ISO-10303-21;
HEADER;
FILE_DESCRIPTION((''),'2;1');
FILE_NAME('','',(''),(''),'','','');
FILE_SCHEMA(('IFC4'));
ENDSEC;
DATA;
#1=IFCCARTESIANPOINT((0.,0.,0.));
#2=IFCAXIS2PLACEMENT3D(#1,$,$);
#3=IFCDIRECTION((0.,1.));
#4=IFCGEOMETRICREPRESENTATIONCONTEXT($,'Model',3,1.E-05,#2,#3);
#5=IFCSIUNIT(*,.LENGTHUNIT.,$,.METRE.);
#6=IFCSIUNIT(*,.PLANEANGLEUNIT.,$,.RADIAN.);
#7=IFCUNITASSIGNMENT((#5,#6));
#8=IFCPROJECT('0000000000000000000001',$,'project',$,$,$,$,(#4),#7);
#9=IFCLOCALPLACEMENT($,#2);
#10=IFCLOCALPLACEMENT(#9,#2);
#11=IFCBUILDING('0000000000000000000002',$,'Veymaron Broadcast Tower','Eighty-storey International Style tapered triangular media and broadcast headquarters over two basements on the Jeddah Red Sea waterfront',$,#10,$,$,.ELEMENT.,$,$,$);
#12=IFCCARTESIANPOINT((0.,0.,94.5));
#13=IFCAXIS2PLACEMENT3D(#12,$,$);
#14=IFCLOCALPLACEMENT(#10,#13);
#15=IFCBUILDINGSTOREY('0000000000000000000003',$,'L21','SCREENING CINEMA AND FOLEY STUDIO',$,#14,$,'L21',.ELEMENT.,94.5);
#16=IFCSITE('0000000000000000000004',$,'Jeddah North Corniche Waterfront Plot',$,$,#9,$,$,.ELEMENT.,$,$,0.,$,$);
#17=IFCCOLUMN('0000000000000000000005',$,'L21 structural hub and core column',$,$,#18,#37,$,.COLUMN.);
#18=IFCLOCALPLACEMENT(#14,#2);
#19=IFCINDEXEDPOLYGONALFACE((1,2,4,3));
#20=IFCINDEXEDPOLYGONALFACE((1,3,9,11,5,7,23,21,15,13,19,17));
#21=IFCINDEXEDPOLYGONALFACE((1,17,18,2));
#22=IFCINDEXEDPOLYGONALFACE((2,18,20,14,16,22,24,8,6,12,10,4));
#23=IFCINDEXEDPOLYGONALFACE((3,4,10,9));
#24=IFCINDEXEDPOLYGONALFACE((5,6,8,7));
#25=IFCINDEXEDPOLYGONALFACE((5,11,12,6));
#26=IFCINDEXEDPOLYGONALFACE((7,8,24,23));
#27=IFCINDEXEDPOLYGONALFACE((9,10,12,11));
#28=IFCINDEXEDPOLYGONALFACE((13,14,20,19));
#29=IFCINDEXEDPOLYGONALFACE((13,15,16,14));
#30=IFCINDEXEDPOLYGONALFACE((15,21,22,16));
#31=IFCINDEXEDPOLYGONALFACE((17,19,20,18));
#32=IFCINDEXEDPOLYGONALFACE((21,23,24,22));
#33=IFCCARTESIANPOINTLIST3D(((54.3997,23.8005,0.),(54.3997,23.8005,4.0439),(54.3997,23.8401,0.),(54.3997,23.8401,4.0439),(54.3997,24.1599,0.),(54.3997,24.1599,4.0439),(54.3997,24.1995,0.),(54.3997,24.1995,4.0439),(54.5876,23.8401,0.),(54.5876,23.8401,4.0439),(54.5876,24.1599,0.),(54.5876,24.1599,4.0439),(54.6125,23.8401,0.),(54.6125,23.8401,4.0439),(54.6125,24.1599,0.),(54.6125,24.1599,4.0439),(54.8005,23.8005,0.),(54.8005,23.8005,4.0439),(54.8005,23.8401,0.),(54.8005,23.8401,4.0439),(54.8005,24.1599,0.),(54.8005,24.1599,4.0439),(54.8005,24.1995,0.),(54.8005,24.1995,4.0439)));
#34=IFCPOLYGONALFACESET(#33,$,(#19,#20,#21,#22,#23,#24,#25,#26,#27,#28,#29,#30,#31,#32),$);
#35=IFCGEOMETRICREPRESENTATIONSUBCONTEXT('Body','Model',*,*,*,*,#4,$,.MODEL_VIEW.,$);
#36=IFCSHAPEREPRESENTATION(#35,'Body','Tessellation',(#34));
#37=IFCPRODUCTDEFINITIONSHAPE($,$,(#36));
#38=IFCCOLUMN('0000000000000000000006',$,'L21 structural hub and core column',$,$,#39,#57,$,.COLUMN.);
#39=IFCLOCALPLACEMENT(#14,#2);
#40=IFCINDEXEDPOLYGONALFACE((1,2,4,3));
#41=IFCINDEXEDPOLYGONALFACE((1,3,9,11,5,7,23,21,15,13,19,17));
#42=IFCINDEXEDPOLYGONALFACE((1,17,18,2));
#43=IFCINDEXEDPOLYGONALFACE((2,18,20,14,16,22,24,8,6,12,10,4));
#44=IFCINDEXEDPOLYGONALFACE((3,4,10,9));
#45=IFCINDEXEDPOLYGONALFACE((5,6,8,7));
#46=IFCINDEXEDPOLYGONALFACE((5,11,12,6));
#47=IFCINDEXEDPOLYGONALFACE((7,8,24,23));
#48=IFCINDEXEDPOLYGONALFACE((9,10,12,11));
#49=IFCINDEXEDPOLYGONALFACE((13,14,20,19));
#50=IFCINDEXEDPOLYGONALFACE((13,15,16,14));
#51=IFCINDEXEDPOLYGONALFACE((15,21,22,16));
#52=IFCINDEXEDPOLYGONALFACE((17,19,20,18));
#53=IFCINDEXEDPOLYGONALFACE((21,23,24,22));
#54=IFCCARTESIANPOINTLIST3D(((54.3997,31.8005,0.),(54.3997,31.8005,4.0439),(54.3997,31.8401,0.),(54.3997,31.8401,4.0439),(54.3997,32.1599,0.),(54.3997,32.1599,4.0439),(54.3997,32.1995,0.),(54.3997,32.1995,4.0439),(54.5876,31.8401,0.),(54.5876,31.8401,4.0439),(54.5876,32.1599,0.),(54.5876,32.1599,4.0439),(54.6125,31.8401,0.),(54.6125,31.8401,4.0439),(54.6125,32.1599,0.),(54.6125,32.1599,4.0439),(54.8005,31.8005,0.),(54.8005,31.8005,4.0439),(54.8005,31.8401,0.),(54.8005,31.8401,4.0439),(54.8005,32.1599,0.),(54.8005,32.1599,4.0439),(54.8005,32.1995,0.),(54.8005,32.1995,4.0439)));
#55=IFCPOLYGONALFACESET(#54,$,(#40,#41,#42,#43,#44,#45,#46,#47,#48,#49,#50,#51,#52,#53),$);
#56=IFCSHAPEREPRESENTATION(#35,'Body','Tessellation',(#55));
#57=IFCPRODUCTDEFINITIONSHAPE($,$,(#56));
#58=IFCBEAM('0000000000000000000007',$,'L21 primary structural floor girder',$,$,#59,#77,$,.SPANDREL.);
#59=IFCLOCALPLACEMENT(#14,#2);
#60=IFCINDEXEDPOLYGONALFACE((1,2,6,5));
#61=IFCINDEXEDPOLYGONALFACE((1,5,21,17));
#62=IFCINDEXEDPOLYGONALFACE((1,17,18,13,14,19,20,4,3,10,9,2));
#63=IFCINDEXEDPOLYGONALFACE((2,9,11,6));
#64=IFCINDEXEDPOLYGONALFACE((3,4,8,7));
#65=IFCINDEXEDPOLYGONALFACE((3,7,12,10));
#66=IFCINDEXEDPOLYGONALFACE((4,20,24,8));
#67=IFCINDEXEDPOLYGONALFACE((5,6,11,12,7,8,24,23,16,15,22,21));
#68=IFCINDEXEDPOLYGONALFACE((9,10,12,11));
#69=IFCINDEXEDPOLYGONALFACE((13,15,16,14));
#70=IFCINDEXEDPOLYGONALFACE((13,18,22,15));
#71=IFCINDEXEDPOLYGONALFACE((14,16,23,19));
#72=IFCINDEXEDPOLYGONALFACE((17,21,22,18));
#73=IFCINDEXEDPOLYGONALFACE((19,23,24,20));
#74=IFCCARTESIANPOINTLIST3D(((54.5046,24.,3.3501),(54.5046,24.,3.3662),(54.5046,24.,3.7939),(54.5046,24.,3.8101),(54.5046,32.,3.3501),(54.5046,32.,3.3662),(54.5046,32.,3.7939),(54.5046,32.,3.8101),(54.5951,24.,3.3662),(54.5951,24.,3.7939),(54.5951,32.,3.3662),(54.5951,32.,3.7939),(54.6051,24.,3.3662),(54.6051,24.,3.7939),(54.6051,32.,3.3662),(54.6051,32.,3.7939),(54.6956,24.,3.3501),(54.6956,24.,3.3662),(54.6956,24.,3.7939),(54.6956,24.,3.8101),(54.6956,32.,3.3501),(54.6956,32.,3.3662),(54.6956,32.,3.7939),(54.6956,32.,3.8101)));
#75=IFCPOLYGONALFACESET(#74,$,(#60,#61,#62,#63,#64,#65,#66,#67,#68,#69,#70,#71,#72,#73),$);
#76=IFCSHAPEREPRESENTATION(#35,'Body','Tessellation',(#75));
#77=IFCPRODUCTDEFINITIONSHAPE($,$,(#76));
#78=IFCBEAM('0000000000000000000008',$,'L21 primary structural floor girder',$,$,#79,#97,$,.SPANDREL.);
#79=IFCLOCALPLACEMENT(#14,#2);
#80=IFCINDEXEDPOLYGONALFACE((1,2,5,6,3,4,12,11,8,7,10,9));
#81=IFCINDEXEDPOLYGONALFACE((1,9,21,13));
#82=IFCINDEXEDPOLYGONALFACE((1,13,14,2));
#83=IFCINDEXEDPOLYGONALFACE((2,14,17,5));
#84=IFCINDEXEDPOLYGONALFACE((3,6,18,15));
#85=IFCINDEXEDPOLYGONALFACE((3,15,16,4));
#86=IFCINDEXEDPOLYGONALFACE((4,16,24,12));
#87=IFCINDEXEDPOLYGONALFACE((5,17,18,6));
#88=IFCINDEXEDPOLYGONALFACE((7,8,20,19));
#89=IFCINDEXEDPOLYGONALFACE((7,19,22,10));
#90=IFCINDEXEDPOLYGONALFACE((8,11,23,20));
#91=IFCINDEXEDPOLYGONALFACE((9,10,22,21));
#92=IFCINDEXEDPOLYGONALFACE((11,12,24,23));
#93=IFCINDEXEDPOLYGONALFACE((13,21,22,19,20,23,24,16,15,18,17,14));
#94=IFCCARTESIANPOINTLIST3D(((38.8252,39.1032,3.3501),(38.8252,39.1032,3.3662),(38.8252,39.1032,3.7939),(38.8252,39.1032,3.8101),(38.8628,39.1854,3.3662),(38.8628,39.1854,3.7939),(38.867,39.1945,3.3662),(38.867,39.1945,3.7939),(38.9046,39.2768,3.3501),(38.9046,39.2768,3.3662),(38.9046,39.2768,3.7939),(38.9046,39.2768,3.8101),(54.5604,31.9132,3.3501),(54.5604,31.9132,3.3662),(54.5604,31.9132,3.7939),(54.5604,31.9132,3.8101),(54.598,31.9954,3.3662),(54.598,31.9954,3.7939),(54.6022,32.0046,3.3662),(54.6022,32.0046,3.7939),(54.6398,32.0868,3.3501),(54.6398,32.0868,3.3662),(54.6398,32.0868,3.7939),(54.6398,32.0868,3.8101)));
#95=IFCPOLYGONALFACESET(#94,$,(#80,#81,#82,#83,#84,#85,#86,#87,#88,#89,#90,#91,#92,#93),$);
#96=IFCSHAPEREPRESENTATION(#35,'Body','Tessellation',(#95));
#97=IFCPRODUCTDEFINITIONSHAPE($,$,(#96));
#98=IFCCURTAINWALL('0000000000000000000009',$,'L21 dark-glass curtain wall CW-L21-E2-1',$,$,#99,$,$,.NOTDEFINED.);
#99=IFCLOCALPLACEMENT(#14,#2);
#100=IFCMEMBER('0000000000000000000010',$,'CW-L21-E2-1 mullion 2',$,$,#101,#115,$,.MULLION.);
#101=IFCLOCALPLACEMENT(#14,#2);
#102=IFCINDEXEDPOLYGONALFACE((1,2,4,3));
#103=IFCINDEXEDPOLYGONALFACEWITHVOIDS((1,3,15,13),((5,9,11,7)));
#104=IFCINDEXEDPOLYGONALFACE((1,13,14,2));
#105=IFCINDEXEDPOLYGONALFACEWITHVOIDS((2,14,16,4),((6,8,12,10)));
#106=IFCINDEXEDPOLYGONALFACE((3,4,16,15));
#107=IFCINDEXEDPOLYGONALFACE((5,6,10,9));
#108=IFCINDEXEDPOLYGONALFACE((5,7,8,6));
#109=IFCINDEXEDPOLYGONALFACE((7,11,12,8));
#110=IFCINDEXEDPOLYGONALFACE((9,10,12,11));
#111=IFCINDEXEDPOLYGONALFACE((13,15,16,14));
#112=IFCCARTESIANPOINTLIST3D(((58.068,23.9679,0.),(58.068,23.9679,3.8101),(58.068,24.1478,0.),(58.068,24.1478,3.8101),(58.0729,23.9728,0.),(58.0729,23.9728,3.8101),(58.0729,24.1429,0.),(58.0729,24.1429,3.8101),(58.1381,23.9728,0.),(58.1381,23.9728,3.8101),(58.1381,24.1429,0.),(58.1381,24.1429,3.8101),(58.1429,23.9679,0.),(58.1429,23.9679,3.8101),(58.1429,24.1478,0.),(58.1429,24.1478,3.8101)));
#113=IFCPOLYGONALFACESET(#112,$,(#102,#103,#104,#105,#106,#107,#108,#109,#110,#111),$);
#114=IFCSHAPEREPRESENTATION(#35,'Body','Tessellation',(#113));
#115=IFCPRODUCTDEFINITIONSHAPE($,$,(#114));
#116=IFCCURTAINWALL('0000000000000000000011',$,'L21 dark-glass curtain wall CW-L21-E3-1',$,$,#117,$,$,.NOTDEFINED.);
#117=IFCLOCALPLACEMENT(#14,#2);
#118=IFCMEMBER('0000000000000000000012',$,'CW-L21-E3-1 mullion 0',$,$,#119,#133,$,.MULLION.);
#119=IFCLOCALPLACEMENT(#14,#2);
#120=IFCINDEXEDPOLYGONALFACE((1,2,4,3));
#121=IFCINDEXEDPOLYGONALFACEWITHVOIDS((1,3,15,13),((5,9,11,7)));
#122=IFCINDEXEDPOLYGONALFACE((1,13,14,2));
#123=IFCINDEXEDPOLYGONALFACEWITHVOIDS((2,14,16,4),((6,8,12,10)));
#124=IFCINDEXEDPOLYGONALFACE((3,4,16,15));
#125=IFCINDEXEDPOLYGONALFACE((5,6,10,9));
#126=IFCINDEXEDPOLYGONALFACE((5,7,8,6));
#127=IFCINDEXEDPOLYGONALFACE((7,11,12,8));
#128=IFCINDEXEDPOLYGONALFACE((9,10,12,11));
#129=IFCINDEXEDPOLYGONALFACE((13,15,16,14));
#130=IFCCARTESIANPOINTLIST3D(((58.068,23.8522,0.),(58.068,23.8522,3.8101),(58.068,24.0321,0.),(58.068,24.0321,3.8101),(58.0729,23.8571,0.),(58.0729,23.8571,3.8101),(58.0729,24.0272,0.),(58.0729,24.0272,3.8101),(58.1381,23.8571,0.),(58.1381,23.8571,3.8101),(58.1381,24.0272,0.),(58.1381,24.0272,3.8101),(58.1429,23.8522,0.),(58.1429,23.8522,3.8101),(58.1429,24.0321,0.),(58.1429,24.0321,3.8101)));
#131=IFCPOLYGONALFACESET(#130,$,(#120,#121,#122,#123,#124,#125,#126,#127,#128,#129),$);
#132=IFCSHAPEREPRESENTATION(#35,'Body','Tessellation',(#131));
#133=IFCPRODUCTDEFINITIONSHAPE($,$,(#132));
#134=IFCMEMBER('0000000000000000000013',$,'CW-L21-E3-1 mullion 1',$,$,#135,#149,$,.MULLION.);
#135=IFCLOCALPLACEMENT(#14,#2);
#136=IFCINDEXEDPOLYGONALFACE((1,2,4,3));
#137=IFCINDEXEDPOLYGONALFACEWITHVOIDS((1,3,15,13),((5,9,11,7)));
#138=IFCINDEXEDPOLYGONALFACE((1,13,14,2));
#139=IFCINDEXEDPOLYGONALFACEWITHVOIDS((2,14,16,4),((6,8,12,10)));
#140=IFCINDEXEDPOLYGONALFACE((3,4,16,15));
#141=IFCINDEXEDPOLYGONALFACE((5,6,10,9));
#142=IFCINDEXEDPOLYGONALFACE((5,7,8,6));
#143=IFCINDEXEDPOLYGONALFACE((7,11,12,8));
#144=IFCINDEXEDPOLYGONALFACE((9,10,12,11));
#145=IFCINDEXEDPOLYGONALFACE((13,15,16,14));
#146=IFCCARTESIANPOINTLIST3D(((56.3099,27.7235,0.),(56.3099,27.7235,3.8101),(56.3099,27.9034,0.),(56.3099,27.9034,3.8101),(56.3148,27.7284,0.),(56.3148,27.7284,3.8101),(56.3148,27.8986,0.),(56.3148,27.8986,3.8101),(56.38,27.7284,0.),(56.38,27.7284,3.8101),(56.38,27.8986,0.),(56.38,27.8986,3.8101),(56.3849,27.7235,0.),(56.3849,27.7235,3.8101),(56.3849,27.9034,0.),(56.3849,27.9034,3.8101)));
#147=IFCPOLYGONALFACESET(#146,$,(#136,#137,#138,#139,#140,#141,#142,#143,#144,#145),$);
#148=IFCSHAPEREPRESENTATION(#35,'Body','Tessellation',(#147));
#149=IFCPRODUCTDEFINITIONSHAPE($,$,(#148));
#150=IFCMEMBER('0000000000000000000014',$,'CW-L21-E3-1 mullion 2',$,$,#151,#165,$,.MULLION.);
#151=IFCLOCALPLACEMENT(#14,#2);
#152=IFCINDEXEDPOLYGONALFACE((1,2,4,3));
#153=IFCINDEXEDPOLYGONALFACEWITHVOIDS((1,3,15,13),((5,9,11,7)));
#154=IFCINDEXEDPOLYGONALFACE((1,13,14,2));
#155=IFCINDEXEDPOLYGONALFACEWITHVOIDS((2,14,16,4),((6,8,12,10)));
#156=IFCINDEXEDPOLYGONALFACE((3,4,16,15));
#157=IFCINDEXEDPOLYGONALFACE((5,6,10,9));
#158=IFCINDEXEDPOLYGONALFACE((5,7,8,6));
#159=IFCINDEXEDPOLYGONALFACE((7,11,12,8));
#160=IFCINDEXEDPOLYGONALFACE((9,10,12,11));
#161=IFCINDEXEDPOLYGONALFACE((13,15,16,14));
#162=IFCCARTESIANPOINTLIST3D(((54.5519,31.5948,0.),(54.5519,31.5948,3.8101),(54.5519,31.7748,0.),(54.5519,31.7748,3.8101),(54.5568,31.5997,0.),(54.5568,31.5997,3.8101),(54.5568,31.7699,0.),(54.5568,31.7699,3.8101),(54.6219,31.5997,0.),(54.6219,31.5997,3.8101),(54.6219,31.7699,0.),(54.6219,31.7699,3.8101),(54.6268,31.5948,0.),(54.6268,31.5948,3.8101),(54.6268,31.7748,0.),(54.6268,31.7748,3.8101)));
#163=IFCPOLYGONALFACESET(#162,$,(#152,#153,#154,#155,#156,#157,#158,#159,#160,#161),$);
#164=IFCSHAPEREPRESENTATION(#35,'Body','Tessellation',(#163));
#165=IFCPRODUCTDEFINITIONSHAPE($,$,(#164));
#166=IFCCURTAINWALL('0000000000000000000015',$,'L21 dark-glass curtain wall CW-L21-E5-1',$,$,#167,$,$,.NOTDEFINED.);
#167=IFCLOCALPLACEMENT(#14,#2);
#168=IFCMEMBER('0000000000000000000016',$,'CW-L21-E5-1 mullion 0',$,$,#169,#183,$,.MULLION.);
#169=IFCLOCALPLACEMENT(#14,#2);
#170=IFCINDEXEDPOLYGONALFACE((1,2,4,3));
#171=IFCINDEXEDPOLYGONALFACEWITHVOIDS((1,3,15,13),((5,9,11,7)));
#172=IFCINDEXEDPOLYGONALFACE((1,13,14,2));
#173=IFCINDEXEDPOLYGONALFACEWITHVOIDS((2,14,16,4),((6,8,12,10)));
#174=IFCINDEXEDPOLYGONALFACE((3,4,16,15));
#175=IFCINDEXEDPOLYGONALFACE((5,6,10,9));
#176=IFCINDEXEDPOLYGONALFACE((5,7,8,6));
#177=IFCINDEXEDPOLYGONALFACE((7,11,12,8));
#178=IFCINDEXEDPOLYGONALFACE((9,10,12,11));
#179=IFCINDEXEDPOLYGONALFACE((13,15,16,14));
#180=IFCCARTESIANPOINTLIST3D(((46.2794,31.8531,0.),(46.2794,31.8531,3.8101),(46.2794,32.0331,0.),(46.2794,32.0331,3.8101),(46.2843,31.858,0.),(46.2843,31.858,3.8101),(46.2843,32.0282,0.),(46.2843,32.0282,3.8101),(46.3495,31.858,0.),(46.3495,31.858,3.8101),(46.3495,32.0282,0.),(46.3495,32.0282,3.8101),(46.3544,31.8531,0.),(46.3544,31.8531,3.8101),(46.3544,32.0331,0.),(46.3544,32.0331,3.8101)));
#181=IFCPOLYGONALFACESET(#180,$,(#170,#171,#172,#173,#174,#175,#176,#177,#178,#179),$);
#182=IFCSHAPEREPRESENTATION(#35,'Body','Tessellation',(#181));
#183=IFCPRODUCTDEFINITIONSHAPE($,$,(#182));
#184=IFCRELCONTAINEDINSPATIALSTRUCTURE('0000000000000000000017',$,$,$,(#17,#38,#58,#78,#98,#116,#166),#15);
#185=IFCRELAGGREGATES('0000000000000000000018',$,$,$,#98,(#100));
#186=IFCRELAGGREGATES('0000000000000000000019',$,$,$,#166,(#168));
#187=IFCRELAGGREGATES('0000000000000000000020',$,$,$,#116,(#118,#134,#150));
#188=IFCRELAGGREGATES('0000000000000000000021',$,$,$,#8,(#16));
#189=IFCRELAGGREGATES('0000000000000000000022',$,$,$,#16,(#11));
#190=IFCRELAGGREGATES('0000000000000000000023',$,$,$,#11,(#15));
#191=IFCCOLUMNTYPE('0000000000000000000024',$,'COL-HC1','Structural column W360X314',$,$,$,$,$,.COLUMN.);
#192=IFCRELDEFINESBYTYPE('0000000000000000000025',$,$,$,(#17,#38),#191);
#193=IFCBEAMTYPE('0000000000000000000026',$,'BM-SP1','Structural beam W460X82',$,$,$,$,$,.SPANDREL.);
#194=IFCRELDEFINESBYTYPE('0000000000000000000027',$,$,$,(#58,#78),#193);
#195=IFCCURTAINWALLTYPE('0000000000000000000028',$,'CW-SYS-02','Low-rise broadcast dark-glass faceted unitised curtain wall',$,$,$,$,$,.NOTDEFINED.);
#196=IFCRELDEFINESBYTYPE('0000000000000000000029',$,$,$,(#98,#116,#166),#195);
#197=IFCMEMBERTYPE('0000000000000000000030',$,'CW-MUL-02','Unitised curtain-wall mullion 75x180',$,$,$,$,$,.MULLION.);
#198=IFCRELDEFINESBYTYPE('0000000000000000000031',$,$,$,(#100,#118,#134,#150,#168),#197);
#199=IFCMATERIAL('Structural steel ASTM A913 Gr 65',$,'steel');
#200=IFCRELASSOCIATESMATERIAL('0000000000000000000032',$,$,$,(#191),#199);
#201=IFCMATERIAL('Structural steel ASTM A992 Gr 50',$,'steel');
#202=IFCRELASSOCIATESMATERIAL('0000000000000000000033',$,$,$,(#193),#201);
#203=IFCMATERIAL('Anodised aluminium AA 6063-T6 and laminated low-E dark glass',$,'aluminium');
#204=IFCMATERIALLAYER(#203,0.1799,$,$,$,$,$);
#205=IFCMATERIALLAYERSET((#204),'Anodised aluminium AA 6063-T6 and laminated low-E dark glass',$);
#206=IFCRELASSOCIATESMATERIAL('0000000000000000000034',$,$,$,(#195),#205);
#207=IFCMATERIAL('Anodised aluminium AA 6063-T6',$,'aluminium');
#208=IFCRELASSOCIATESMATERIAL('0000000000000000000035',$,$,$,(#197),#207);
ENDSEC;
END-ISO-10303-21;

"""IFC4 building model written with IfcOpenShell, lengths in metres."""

from ifc_helpers import new_model, si_unit, direction, frame, origin, origin_2d, place, context, subcontext, project, spatial, hollow_rectangle, i_section, extrude, material, layer, layer_set, material_profile, profile_set, type_object, element, aggregate, save


model = new_model("IFC4")

# Units and contexts
model_context = context("Model", 3, precision=1e-05, world=origin(), true_north=direction((0.0, 1.0)))
body_context = subcontext(model_context, "Body", "Model", "MODEL_VIEW")
ifc_project = project(units=[si_unit("LENGTHUNIT", "METRE"), si_unit("PLANEANGLEUNIT", "RADIAN")], contexts=[model_context])

# Site, building, storey
site_placement = place(None, origin())
site = spatial("IfcSite", under=ifc_project, at=site_placement, Name="Jeddah North Corniche Waterfront Plot", CompositionType="ELEMENT", RefElevation=0.0)
building_placement = place(site_placement, origin())
building = spatial("IfcBuilding", under=site, at=building_placement, Name="Veymaron Broadcast Tower", Description="Eighty-storey International Style tapered triangular media and broadcast headquarters over two basements on the Jeddah Red Sea waterfront", CompositionType="ELEMENT")
storey_placement = place(building_placement, frame((0.0, 0.0, 94.5)))
storey = spatial("IfcBuildingStorey", under=building, at=storey_placement, Name="L21", Description="SCREENING CINEMA AND FOLEY STUDIO", LongName="L21", CompositionType="ELEMENT", Elevation=94.5)

# Columns
ifc_material_1 = material(Name="Structural steel ASTM A913 Gr 65", Category="steel")
ifc_material_profile_1 = material_profile(ifc_material_1, i_section(OverallWidth=0.4009, OverallDepth=0.3989, WebThickness=0.0249, FlangeThickness=0.0396, at=origin_2d()), Name="W360X314")
ifc_profile_set_1 = profile_set([ifc_material_profile_1], Name="Structural steel ASTM A913 Gr 65")
column_type = type_object("IfcColumnType", Name="COL-HC1", Description="Structural column W360X314", PredefinedType="COLUMN", material=ifc_profile_set_1)
for number, where, z_axis, x_axis, name in (
    (1, (54.6001, 24.0, 0.0), (0.0, 0.0, 1.0), (1.0, 0.0, 0.0), "L21 structural hub and core column"),
    (2, (54.6001, 32.0, 0.0), (0.0, 0.0, 1.0), (1.0, 0.0, 0.0), "L21 structural hub and core column"),
):
    element("IfcColumn", number, at=place(storey_placement, frame(where, z_axis=z_axis, x_axis=x_axis)), inside=storey, type_object=column_type, Name=name, PredefinedType="COLUMN", context=body_context, shape_type="SweptSolid", body=[
        extrude(i_section(OverallWidth=0.4009, OverallDepth=0.3989, WebThickness=0.0249, FlangeThickness=0.0396, at=origin_2d()), origin(), (0.0, 0.0, 1.0), 4.0439),
    ])

# Beams
ifc_material_2 = material(Name="Structural steel ASTM A992 Gr 50", Category="steel")
ifc_material_profile_2 = material_profile(ifc_material_2, i_section(OverallWidth=0.1909, OverallDepth=0.46, WebThickness=0.01, FlangeThickness=0.0161, at=origin_2d()), Name="W460X82")
ifc_profile_set_2 = profile_set([ifc_material_profile_2], Name="Structural steel ASTM A992 Gr 50")
beam_type = type_object("IfcBeamType", Name="BM-SP1", Description="Structural beam W460X82", PredefinedType="SPANDREL", material=ifc_profile_set_2)
beam_1_placement = place(storey_placement, frame((54.6001, 24.0, 3.5801), z_axis=(0.0, 1.0, 0.0), x_axis=(-1.0, 0.0, 0.0)))
element("IfcBeam", 3, at=beam_1_placement, inside=storey, type_object=beam_type, Name="L21 primary structural floor girder", PredefinedType="SPANDREL", context=body_context, shape_type="SweptSolid", body=[
    extrude(i_section(OverallWidth=0.1909, OverallDepth=0.46, WebThickness=0.01, FlangeThickness=0.0161, at=origin_2d()), origin(), (0.0, 0.0, 1.0), 8.0),
])
beam_2_placement = place(storey_placement, frame((54.6001, 32.0, 3.5801), z_axis=(-0.909546, 0.415604, 0.0), x_axis=(-0.415604, -0.909546, 0.0)))
element("IfcBeam", 4, at=beam_2_placement, inside=storey, type_object=beam_type, Name="L21 primary structural floor girder", PredefinedType="SPANDREL", context=body_context, shape_type="SweptSolid", body=[
    extrude(i_section(OverallWidth=0.1909, OverallDepth=0.46, WebThickness=0.01, FlangeThickness=0.0161, at=origin_2d()), origin(), (0.0, 0.0, 1.0), 17.3),
])

# Curtain wall, member
ifc_material_3 = material(Name="Anodised aluminium AA 6063-T6 and laminated low-E dark glass", Category="aluminium")
ifc_layer_1 = layer(ifc_material_3, 0.1799)
ifc_layer_set_1 = layer_set([ifc_layer_1], Name="Anodised aluminium AA 6063-T6 and laminated low-E dark glass")
curtain_wall_type = type_object("IfcCurtainWallType", Name="CW-SYS-02", Description="Low-rise broadcast dark-glass faceted unitised curtain wall", PredefinedType="NOTDEFINED", material=ifc_layer_set_1)
curtain_wall_1_placement = place(storey_placement, origin())
curtain_wall_1 = element("IfcCurtainWall", 5, at=curtain_wall_1_placement, inside=storey, type_object=curtain_wall_type, Name="L21 dark-glass curtain wall CW-L21-E2-1", PredefinedType="NOTDEFINED")
ifc_material_4 = material(Name="Anodised aluminium AA 6063-T6", Category="aluminium")
ifc_material_profile_3 = material_profile(ifc_material_4, hollow_rectangle(XDim=0.075, YDim=0.1799, WallThickness=0.0049, at=origin_2d()), Name="AL180X75X5")
ifc_profile_set_3 = profile_set([ifc_material_profile_3], Name="Anodised aluminium AA 6063-T6")
member_type_1 = type_object("IfcMemberType", Name="CW-MUL-02", Description="Unitised curtain-wall mullion 75x180", PredefinedType="MULLION", material=ifc_profile_set_3)
member_1_placement = place(storey_placement, frame((58.1055, 24.0579, 0.0), z_axis=(0.0, 0.0, 1.0), x_axis=(1.0, 0.0, 0.0)))
member_1 = element("IfcMember", 6, at=member_1_placement, type_object=member_type_1, Name="CW-L21-E2-1 mullion 2", PredefinedType="MULLION", context=body_context, shape_type="SweptSolid", body=[
    extrude(hollow_rectangle(XDim=0.075, YDim=0.1799, WallThickness=0.0049, at=origin_2d()), origin(), (0.0, 0.0, 1.0), 3.8101),
])
aggregate(curtain_wall_1, [member_1])

# Curtain wall, members
curtain_wall_2_placement = place(storey_placement, origin())
curtain_wall_2 = element("IfcCurtainWall", 7, at=curtain_wall_2_placement, inside=storey, type_object=curtain_wall_type, Name="L21 dark-glass curtain wall CW-L21-E3-1", PredefinedType="NOTDEFINED")
member_2_placement = place(storey_placement, frame((58.1055, 23.9421, 0.0), z_axis=(0.0, 0.0, 1.0), x_axis=(1.0, 0.0, 0.0)))
member_2 = element("IfcMember", 8, at=member_2_placement, type_object=member_type_1, Name="CW-L21-E3-1 mullion 0", PredefinedType="MULLION", context=body_context, shape_type="SweptSolid", body=[
    extrude(hollow_rectangle(XDim=0.075, YDim=0.1799, WallThickness=0.0049, at=origin_2d()), origin(), (0.0, 0.0, 1.0), 3.8101),
])
member_3_placement = place(storey_placement, frame((56.3474, 27.8135, 0.0), z_axis=(0.0, 0.0, 1.0), x_axis=(1.0, 0.0, 0.0)))
member_3 = element("IfcMember", 9, at=member_3_placement, type_object=member_type_1, Name="CW-L21-E3-1 mullion 1", PredefinedType="MULLION", context=body_context, shape_type="SweptSolid", body=[
    extrude(hollow_rectangle(XDim=0.075, YDim=0.1799, WallThickness=0.0049, at=origin_2d()), origin(), (0.0, 0.0, 1.0), 3.8101),
])
member_4_placement = place(storey_placement, frame((54.5894, 31.6848, 0.0), z_axis=(0.0, 0.0, 1.0), x_axis=(1.0, 0.0, 0.0)))
member_4 = element("IfcMember", 10, at=member_4_placement, type_object=member_type_1, Name="CW-L21-E3-1 mullion 2", PredefinedType="MULLION", context=body_context, shape_type="SweptSolid", body=[
    extrude(hollow_rectangle(XDim=0.075, YDim=0.1799, WallThickness=0.0049, at=origin_2d()), origin(), (0.0, 0.0, 1.0), 3.8101),
])

# Curtain wall, member
curtain_wall_3_placement = place(storey_placement, origin())
curtain_wall_3 = element("IfcCurtainWall", 11, at=curtain_wall_3_placement, inside=storey, type_object=curtain_wall_type, Name="L21 dark-glass curtain wall CW-L21-E5-1", PredefinedType="NOTDEFINED")
member_5_placement = place(storey_placement, frame((46.3169, 31.9431, 0.0), z_axis=(0.0, 0.0, 1.0), x_axis=(1.0, 0.0, 0.0)))
member_5 = element("IfcMember", 12, at=member_5_placement, type_object=member_type_1, Name="CW-L21-E5-1 mullion 0", PredefinedType="MULLION", context=body_context, shape_type="SweptSolid", body=[
    extrude(hollow_rectangle(XDim=0.075, YDim=0.1799, WallThickness=0.0049, at=origin_2d()), origin(), (0.0, 0.0, 1.0), 3.8101),
])
aggregate(curtain_wall_3, [member_5])

aggregate(curtain_wall_2, [member_2, member_3, member_4])

save(model, "model.ifc")
